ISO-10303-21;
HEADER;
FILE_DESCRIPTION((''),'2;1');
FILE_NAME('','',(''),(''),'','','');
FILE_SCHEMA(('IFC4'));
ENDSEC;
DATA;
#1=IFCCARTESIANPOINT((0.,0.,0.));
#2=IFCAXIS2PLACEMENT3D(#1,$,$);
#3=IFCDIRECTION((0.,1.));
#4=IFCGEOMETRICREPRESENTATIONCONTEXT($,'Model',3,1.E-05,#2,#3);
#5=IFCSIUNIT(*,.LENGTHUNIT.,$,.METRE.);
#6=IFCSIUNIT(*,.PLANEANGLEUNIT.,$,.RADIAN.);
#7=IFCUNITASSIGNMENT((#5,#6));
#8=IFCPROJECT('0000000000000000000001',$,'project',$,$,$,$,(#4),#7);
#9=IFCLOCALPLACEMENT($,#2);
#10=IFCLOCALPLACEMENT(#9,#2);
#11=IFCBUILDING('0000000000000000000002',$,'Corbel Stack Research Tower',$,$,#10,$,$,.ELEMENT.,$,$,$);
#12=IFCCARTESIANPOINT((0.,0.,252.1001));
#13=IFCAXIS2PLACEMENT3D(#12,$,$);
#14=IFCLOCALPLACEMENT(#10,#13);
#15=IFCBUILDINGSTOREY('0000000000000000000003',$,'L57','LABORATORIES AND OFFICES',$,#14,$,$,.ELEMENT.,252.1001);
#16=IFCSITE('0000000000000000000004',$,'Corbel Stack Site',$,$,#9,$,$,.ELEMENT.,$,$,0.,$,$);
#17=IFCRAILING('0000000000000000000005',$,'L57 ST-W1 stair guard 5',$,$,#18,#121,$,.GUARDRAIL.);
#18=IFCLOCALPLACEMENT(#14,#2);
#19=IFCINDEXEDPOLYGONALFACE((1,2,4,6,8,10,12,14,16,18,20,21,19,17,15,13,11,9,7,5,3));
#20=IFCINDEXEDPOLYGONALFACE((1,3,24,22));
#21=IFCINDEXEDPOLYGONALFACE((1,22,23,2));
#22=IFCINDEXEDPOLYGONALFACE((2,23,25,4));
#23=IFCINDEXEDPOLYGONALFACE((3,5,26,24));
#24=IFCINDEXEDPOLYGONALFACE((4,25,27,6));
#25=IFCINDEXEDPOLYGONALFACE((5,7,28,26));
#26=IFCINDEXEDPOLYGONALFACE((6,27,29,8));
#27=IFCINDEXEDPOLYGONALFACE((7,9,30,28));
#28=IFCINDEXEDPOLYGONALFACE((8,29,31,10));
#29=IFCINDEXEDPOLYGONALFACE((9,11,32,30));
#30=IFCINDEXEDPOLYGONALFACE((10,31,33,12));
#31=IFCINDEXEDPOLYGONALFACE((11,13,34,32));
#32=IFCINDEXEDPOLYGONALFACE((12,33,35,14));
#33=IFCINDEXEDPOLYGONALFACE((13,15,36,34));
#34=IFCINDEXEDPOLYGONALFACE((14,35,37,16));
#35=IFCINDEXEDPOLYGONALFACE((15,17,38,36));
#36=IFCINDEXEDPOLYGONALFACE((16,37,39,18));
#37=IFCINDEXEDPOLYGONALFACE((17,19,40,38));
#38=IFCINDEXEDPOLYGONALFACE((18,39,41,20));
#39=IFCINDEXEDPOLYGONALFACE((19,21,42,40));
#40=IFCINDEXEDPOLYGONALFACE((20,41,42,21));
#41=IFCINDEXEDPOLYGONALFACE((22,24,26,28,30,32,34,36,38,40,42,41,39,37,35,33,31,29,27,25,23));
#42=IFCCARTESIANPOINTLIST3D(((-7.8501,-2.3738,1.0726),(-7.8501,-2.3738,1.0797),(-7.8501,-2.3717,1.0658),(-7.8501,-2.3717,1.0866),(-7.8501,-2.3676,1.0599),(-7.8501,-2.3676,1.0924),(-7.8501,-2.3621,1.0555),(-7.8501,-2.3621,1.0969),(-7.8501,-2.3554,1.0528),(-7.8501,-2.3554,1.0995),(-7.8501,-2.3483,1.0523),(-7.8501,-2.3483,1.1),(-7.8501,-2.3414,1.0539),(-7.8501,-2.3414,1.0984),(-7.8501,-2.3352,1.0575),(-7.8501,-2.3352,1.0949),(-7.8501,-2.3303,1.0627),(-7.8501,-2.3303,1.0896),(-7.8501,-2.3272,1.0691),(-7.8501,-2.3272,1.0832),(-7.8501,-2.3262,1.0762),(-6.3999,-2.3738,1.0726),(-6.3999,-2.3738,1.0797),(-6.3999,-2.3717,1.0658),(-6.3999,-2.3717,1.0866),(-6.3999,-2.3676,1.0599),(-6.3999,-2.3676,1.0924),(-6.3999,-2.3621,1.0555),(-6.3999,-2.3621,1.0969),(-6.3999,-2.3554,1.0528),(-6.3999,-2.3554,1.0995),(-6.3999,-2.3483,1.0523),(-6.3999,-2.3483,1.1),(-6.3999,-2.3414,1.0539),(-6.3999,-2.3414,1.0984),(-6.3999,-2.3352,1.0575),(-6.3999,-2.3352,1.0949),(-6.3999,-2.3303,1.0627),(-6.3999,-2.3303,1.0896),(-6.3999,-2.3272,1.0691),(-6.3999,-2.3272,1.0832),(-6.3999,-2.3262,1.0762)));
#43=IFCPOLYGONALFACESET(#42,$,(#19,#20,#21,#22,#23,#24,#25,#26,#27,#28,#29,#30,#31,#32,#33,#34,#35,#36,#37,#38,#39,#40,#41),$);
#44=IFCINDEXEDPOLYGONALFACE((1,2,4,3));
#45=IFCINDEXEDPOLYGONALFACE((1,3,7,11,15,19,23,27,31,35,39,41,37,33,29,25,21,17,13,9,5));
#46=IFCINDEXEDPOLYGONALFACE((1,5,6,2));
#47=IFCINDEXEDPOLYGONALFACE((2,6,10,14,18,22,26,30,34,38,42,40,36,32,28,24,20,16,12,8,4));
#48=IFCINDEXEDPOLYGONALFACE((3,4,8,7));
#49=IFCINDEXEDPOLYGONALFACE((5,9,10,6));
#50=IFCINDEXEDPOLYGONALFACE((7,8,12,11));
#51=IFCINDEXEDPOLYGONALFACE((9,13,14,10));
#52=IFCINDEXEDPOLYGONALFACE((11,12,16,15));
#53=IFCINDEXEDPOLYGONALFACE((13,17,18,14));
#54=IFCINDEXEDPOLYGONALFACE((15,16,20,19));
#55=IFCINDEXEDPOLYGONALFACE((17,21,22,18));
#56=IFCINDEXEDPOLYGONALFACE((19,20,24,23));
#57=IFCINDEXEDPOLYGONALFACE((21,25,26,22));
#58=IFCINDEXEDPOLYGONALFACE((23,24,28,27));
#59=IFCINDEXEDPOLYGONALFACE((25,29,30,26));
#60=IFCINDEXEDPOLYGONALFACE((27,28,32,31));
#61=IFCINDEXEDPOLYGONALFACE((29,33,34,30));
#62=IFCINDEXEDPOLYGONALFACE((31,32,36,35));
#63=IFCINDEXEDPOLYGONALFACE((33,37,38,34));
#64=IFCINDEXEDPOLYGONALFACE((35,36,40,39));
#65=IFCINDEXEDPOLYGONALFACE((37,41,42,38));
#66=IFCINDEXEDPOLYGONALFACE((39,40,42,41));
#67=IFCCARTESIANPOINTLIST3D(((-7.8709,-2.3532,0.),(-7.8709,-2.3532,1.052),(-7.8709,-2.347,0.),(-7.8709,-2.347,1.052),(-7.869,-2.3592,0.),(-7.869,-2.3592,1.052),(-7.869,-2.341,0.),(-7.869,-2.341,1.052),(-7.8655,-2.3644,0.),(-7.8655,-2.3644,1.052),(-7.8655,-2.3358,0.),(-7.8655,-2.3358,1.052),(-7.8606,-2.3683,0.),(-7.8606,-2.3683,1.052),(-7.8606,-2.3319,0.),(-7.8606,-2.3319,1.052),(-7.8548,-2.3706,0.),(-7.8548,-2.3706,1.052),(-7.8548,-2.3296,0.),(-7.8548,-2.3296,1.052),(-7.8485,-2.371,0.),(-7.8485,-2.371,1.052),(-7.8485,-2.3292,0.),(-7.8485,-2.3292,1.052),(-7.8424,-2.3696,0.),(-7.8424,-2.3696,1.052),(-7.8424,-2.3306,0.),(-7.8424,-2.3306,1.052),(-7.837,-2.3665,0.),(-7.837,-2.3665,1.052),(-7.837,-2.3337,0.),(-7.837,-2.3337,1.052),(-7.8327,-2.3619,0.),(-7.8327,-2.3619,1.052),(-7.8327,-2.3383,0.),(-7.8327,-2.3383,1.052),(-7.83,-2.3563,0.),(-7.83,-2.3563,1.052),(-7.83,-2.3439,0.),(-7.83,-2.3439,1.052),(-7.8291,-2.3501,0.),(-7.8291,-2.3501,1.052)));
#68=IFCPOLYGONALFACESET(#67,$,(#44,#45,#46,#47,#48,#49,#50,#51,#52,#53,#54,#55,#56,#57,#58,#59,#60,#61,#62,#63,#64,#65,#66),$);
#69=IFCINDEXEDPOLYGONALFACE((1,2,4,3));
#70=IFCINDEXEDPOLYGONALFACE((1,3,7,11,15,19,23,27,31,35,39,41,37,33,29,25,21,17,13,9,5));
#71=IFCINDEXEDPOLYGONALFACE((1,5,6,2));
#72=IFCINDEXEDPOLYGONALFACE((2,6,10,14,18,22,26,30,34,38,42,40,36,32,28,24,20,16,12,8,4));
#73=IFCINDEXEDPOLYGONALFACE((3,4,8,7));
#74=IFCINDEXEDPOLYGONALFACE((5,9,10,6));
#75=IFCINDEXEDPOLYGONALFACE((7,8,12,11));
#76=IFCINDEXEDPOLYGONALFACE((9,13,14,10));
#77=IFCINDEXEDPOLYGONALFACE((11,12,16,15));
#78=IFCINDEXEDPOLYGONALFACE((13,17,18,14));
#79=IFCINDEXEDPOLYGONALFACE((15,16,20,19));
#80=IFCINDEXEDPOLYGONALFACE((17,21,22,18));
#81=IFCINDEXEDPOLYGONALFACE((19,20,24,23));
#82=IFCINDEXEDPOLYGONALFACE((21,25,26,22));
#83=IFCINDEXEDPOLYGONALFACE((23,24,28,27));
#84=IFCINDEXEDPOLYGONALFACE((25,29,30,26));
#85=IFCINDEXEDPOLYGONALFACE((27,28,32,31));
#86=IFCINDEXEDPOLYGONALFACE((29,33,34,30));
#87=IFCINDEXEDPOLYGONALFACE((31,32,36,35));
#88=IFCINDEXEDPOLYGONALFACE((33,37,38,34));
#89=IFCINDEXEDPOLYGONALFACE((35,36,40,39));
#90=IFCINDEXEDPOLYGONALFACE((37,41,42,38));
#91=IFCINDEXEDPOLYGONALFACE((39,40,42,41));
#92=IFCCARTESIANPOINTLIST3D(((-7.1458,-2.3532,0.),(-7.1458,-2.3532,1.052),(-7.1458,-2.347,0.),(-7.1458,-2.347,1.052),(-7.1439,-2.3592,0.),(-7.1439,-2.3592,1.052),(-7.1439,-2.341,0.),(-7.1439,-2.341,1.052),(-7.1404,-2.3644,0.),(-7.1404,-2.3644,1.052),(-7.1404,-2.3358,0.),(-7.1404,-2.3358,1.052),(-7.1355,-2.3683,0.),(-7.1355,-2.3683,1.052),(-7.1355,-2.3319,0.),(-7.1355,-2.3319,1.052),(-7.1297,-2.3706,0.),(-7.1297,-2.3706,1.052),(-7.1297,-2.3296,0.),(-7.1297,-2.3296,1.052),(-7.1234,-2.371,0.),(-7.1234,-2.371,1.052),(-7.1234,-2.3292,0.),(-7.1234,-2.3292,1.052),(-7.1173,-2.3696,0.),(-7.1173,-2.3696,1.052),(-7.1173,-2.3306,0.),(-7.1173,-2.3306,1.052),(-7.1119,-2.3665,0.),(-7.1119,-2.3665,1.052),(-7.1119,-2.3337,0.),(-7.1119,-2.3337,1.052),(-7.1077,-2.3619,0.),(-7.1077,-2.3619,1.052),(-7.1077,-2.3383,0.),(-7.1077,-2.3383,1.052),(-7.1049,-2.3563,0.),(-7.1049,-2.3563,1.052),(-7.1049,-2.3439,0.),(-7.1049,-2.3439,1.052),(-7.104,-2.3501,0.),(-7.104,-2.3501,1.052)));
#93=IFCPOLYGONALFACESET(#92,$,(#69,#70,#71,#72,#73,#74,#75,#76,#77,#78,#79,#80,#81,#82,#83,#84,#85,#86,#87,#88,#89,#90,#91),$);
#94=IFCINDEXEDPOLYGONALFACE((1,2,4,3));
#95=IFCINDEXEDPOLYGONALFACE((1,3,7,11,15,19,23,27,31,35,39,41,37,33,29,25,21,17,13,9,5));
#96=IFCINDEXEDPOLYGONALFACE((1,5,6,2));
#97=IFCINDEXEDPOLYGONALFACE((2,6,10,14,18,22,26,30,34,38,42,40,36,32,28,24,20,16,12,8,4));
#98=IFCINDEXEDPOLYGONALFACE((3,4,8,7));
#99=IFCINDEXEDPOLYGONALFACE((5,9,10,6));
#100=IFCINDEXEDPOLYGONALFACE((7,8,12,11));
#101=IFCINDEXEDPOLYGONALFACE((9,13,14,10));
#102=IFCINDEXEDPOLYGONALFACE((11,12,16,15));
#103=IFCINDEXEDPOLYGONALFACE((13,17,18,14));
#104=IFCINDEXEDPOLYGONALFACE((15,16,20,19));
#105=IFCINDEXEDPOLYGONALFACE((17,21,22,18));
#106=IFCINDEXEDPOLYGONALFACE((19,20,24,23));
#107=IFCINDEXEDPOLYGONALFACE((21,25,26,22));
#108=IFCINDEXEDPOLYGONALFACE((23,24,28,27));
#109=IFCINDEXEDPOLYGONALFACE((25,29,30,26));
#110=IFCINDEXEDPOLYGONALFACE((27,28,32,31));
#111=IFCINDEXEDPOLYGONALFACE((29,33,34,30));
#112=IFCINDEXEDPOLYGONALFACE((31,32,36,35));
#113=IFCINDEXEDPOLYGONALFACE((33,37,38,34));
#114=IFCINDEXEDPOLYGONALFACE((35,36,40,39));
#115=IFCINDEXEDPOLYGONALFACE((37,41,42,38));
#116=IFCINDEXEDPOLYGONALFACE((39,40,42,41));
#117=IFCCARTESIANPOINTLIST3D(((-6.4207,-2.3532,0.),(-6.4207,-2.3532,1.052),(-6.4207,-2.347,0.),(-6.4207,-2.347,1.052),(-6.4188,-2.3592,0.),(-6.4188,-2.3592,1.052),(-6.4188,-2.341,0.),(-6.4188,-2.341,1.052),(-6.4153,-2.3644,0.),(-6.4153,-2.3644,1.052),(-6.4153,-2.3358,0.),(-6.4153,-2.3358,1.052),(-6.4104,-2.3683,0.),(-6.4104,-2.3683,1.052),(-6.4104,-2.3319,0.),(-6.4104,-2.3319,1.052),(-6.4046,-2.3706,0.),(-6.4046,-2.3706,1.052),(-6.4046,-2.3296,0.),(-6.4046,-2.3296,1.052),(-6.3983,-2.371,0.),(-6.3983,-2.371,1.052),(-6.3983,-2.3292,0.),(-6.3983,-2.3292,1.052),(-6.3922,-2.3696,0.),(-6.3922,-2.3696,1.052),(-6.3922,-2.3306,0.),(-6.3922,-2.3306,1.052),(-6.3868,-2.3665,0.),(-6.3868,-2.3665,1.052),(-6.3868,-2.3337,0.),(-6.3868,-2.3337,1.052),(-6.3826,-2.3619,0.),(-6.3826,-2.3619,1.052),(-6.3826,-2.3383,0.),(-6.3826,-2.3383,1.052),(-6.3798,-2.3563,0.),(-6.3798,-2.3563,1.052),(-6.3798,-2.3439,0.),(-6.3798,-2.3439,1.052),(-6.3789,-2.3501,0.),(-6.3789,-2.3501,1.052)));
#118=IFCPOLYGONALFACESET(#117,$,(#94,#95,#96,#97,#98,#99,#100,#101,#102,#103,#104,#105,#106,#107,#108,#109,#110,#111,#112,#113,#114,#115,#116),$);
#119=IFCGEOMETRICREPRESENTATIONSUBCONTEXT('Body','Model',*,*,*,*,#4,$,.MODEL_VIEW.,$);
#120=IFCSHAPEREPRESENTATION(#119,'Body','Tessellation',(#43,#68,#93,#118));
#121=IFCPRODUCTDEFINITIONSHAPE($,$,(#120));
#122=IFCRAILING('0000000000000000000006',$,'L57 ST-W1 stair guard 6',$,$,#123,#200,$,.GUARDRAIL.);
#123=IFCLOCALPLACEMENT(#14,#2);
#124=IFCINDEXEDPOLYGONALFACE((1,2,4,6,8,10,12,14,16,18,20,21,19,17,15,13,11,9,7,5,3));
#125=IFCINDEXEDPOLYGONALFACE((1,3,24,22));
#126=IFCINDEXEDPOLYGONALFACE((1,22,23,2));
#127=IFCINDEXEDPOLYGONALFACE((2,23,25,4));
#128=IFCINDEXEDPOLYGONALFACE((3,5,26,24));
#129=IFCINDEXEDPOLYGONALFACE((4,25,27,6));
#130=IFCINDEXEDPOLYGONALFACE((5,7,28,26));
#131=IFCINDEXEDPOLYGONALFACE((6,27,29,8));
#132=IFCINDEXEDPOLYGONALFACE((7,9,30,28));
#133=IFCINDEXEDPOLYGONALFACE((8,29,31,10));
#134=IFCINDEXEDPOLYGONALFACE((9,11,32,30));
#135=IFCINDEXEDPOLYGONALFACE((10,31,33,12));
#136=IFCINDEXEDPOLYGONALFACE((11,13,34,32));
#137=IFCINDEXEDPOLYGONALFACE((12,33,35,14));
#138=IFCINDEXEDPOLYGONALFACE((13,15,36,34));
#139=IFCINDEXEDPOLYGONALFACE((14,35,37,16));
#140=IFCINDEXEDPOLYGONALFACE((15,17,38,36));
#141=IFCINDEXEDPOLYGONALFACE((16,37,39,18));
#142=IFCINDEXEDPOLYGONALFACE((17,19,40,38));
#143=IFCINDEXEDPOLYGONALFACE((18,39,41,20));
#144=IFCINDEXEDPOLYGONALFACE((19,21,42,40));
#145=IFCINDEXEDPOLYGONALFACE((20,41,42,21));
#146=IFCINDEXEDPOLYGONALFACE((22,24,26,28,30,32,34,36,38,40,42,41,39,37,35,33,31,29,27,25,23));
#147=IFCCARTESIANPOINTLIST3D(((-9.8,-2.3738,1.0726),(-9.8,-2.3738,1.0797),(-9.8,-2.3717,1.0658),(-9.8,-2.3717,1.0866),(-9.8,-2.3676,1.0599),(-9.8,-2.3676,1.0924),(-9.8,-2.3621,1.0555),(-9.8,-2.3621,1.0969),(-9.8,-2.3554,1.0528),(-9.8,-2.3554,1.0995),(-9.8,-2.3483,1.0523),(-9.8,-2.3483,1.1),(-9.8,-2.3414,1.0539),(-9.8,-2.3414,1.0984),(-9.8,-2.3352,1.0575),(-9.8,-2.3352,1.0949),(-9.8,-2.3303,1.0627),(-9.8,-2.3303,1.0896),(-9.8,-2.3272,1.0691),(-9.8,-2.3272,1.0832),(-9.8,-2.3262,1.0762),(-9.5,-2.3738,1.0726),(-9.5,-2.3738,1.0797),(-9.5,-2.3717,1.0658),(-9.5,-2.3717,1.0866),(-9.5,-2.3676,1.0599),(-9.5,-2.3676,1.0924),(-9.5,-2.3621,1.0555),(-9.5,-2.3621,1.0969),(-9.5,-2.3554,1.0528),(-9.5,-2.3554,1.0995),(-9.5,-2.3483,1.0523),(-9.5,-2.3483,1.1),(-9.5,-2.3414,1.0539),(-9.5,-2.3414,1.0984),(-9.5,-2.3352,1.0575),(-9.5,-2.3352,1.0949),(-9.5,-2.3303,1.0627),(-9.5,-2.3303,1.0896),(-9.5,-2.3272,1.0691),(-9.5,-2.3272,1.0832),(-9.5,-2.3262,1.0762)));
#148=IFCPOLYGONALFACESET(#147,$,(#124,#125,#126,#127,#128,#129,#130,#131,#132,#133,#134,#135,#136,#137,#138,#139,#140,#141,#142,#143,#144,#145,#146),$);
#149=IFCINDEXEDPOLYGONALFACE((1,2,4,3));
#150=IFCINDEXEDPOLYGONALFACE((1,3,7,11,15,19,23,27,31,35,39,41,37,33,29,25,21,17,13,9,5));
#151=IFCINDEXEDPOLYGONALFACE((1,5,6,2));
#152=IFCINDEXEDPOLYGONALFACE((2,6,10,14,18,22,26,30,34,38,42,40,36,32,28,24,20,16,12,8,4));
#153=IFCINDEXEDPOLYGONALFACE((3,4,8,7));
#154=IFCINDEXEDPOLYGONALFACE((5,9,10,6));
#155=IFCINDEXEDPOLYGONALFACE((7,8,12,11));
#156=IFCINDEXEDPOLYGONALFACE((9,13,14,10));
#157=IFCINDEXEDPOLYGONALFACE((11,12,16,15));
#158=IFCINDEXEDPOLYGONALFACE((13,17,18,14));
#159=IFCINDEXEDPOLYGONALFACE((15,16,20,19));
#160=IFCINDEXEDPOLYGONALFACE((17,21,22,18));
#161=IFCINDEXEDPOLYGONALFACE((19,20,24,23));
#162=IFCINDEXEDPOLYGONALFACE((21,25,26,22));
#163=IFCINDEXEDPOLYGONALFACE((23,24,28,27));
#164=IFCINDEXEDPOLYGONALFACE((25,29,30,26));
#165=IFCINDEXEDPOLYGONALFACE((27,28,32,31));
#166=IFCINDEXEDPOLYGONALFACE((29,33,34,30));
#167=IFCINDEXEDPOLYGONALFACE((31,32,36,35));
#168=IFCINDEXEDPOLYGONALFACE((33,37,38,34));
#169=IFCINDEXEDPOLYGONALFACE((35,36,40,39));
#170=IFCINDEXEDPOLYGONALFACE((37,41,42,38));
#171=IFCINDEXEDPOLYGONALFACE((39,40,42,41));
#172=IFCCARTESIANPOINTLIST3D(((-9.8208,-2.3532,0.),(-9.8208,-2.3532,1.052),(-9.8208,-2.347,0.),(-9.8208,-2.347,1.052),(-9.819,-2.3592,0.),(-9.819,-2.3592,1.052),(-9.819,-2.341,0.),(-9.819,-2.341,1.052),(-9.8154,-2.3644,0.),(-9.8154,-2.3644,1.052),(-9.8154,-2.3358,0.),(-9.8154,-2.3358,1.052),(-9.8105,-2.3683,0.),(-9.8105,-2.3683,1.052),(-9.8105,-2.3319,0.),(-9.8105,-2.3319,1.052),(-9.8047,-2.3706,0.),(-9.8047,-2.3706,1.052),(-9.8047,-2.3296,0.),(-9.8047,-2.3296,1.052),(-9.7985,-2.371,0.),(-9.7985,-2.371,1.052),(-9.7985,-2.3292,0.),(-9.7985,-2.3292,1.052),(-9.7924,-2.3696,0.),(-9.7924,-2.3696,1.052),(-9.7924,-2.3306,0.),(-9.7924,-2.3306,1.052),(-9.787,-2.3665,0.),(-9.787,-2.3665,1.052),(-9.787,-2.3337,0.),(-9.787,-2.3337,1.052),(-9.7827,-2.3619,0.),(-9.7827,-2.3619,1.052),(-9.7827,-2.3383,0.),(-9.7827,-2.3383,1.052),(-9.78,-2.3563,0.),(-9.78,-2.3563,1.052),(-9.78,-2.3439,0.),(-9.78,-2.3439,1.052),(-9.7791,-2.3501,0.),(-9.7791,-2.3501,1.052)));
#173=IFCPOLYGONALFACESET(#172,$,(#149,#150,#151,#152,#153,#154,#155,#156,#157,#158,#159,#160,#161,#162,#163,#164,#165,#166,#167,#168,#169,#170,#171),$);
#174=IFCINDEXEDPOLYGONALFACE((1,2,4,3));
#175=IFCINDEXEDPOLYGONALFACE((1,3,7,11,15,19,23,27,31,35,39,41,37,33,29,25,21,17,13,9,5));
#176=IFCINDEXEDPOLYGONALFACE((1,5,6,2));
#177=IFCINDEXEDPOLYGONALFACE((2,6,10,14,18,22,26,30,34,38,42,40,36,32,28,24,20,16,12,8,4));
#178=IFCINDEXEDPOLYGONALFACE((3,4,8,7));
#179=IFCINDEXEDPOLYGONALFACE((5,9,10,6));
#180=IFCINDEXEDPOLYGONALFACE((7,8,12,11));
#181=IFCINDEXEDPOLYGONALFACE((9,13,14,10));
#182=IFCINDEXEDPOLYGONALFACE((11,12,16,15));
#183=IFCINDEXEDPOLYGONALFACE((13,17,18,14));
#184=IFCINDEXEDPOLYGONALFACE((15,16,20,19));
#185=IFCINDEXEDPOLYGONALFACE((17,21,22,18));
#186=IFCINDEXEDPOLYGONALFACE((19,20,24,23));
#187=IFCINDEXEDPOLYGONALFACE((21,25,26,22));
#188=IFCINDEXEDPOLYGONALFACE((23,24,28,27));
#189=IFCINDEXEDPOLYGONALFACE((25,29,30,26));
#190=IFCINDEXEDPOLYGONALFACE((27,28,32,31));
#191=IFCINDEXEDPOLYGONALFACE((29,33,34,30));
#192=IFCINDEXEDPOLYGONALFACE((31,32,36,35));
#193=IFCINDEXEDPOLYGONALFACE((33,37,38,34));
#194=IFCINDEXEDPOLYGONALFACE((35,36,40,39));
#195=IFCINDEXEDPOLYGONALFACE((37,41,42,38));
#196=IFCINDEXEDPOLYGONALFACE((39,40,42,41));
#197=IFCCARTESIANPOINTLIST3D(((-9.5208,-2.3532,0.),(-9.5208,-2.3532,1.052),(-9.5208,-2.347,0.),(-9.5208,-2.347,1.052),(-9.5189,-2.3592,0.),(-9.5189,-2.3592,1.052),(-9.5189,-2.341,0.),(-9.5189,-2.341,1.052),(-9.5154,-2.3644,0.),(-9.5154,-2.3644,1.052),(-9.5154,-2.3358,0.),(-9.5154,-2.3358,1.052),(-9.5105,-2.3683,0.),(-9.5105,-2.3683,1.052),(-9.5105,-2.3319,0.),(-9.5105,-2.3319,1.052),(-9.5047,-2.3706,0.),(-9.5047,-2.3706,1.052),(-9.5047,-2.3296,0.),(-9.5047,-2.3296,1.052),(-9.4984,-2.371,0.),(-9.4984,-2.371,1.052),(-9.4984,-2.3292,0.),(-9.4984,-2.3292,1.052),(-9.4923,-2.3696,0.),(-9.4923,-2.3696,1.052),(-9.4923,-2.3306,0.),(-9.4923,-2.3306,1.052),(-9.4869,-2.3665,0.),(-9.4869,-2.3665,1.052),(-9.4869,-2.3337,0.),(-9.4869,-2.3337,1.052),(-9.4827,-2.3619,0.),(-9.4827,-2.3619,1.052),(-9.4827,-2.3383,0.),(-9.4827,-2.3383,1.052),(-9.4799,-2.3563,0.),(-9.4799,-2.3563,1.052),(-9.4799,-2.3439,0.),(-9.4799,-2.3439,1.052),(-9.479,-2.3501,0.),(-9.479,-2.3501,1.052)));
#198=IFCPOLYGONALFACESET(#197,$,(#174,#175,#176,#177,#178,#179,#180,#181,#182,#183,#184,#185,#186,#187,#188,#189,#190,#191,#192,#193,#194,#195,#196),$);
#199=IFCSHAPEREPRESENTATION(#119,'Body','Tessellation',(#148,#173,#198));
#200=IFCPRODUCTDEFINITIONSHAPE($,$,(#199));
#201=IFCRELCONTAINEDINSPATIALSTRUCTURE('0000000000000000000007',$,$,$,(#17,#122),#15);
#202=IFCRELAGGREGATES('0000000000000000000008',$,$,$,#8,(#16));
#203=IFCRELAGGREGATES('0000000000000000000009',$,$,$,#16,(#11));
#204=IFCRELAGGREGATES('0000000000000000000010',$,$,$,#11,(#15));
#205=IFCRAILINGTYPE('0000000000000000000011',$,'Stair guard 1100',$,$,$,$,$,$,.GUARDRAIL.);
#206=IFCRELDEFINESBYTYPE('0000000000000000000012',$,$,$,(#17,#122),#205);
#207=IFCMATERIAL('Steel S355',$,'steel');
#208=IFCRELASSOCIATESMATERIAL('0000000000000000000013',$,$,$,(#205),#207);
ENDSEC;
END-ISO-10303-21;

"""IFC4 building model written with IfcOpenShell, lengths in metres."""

from ifc_helpers import new_model, si_unit, direction, frame, origin, origin_2d, place, context, subcontext, project, spatial, circle, extrude, material, type_object, element, save


model = new_model("IFC4")

# Units and contexts
model_context = context("Model", 3, precision=1e-05, world=origin(), true_north=direction((0.0, 1.0)))
body_context = subcontext(model_context, "Body", "Model", "MODEL_VIEW")
ifc_project = project(units=[si_unit("LENGTHUNIT", "METRE"), si_unit("PLANEANGLEUNIT", "RADIAN")], contexts=[model_context])

# Site, building, storey
site_placement = place(None, origin())
site = spatial("IfcSite", under=ifc_project, at=site_placement, Name="Corbel Stack Site", CompositionType="ELEMENT", RefElevation=0.0)
building_placement = place(site_placement, origin())
building = spatial("IfcBuilding", under=site, at=building_placement, Name="Corbel Stack Research Tower", CompositionType="ELEMENT")
storey_placement = place(building_placement, frame((0.0, 0.0, 252.1001)))
storey = spatial("IfcBuildingStorey", under=building, at=storey_placement, Name="L57", Description="LABORATORIES AND OFFICES", CompositionType="ELEMENT", Elevation=252.1001)

# Railings
ifc_material_1 = material(Name="Steel S355", Category="steel")
railing_type_1 = type_object("IfcRailingType", Name="Stair guard 1100", PredefinedType="GUARDRAIL", material=ifc_material_1)
railing_1_placement = place(storey_placement, frame((-7.8501, -2.3501, 0.0)))
element("IfcRailing", 1, at=railing_1_placement, inside=storey, type_object=railing_type_1, Name="L57 ST-W1 stair guard 5", PredefinedType="GUARDRAIL", context=body_context, shape_type="SweptSolid", body=[
    extrude(circle(Radius=0.0239, at=origin_2d()), frame((0.0, 0.0, 1.0762), z_axis=(1.0, 0.0, 0.0), x_axis=(0.0, 1.0, 0.0)), (0.0, 0.0, 1.0), 1.4502),
    extrude(circle(Radius=0.021, at=origin_2d()), origin(), (0.0, 0.0, 1.0), 1.052),
    extrude(circle(Radius=0.021, at=origin_2d()), frame((0.7251, 0.0, 0.0)), (0.0, 0.0, 1.0), 1.052),
    extrude(circle(Radius=0.021, at=origin_2d()), frame((1.4502, 0.0, 0.0)), (0.0, 0.0, 1.0), 1.052),
])
railing_2_placement = place(storey_placement, frame((-9.8, -2.3501, 0.0)))
element("IfcRailing", 2, at=railing_2_placement, inside=storey, type_object=railing_type_1, Name="L57 ST-W1 stair guard 6", PredefinedType="GUARDRAIL", context=body_context, shape_type="SweptSolid", body=[
    extrude(circle(Radius=0.0239, at=origin_2d()), frame((0.0, 0.0, 1.0762), z_axis=(1.0, 0.0, 0.0), x_axis=(0.0, 1.0, 0.0)), (0.0, 0.0, 1.0), 0.3),
    extrude(circle(Radius=0.021, at=origin_2d()), origin(), (0.0, 0.0, 1.0), 1.052),
    extrude(circle(Radius=0.021, at=origin_2d()), frame((0.3, 0.0, 0.0)), (0.0, 0.0, 1.0), 1.052),
])

save(model, "model.ifc")
